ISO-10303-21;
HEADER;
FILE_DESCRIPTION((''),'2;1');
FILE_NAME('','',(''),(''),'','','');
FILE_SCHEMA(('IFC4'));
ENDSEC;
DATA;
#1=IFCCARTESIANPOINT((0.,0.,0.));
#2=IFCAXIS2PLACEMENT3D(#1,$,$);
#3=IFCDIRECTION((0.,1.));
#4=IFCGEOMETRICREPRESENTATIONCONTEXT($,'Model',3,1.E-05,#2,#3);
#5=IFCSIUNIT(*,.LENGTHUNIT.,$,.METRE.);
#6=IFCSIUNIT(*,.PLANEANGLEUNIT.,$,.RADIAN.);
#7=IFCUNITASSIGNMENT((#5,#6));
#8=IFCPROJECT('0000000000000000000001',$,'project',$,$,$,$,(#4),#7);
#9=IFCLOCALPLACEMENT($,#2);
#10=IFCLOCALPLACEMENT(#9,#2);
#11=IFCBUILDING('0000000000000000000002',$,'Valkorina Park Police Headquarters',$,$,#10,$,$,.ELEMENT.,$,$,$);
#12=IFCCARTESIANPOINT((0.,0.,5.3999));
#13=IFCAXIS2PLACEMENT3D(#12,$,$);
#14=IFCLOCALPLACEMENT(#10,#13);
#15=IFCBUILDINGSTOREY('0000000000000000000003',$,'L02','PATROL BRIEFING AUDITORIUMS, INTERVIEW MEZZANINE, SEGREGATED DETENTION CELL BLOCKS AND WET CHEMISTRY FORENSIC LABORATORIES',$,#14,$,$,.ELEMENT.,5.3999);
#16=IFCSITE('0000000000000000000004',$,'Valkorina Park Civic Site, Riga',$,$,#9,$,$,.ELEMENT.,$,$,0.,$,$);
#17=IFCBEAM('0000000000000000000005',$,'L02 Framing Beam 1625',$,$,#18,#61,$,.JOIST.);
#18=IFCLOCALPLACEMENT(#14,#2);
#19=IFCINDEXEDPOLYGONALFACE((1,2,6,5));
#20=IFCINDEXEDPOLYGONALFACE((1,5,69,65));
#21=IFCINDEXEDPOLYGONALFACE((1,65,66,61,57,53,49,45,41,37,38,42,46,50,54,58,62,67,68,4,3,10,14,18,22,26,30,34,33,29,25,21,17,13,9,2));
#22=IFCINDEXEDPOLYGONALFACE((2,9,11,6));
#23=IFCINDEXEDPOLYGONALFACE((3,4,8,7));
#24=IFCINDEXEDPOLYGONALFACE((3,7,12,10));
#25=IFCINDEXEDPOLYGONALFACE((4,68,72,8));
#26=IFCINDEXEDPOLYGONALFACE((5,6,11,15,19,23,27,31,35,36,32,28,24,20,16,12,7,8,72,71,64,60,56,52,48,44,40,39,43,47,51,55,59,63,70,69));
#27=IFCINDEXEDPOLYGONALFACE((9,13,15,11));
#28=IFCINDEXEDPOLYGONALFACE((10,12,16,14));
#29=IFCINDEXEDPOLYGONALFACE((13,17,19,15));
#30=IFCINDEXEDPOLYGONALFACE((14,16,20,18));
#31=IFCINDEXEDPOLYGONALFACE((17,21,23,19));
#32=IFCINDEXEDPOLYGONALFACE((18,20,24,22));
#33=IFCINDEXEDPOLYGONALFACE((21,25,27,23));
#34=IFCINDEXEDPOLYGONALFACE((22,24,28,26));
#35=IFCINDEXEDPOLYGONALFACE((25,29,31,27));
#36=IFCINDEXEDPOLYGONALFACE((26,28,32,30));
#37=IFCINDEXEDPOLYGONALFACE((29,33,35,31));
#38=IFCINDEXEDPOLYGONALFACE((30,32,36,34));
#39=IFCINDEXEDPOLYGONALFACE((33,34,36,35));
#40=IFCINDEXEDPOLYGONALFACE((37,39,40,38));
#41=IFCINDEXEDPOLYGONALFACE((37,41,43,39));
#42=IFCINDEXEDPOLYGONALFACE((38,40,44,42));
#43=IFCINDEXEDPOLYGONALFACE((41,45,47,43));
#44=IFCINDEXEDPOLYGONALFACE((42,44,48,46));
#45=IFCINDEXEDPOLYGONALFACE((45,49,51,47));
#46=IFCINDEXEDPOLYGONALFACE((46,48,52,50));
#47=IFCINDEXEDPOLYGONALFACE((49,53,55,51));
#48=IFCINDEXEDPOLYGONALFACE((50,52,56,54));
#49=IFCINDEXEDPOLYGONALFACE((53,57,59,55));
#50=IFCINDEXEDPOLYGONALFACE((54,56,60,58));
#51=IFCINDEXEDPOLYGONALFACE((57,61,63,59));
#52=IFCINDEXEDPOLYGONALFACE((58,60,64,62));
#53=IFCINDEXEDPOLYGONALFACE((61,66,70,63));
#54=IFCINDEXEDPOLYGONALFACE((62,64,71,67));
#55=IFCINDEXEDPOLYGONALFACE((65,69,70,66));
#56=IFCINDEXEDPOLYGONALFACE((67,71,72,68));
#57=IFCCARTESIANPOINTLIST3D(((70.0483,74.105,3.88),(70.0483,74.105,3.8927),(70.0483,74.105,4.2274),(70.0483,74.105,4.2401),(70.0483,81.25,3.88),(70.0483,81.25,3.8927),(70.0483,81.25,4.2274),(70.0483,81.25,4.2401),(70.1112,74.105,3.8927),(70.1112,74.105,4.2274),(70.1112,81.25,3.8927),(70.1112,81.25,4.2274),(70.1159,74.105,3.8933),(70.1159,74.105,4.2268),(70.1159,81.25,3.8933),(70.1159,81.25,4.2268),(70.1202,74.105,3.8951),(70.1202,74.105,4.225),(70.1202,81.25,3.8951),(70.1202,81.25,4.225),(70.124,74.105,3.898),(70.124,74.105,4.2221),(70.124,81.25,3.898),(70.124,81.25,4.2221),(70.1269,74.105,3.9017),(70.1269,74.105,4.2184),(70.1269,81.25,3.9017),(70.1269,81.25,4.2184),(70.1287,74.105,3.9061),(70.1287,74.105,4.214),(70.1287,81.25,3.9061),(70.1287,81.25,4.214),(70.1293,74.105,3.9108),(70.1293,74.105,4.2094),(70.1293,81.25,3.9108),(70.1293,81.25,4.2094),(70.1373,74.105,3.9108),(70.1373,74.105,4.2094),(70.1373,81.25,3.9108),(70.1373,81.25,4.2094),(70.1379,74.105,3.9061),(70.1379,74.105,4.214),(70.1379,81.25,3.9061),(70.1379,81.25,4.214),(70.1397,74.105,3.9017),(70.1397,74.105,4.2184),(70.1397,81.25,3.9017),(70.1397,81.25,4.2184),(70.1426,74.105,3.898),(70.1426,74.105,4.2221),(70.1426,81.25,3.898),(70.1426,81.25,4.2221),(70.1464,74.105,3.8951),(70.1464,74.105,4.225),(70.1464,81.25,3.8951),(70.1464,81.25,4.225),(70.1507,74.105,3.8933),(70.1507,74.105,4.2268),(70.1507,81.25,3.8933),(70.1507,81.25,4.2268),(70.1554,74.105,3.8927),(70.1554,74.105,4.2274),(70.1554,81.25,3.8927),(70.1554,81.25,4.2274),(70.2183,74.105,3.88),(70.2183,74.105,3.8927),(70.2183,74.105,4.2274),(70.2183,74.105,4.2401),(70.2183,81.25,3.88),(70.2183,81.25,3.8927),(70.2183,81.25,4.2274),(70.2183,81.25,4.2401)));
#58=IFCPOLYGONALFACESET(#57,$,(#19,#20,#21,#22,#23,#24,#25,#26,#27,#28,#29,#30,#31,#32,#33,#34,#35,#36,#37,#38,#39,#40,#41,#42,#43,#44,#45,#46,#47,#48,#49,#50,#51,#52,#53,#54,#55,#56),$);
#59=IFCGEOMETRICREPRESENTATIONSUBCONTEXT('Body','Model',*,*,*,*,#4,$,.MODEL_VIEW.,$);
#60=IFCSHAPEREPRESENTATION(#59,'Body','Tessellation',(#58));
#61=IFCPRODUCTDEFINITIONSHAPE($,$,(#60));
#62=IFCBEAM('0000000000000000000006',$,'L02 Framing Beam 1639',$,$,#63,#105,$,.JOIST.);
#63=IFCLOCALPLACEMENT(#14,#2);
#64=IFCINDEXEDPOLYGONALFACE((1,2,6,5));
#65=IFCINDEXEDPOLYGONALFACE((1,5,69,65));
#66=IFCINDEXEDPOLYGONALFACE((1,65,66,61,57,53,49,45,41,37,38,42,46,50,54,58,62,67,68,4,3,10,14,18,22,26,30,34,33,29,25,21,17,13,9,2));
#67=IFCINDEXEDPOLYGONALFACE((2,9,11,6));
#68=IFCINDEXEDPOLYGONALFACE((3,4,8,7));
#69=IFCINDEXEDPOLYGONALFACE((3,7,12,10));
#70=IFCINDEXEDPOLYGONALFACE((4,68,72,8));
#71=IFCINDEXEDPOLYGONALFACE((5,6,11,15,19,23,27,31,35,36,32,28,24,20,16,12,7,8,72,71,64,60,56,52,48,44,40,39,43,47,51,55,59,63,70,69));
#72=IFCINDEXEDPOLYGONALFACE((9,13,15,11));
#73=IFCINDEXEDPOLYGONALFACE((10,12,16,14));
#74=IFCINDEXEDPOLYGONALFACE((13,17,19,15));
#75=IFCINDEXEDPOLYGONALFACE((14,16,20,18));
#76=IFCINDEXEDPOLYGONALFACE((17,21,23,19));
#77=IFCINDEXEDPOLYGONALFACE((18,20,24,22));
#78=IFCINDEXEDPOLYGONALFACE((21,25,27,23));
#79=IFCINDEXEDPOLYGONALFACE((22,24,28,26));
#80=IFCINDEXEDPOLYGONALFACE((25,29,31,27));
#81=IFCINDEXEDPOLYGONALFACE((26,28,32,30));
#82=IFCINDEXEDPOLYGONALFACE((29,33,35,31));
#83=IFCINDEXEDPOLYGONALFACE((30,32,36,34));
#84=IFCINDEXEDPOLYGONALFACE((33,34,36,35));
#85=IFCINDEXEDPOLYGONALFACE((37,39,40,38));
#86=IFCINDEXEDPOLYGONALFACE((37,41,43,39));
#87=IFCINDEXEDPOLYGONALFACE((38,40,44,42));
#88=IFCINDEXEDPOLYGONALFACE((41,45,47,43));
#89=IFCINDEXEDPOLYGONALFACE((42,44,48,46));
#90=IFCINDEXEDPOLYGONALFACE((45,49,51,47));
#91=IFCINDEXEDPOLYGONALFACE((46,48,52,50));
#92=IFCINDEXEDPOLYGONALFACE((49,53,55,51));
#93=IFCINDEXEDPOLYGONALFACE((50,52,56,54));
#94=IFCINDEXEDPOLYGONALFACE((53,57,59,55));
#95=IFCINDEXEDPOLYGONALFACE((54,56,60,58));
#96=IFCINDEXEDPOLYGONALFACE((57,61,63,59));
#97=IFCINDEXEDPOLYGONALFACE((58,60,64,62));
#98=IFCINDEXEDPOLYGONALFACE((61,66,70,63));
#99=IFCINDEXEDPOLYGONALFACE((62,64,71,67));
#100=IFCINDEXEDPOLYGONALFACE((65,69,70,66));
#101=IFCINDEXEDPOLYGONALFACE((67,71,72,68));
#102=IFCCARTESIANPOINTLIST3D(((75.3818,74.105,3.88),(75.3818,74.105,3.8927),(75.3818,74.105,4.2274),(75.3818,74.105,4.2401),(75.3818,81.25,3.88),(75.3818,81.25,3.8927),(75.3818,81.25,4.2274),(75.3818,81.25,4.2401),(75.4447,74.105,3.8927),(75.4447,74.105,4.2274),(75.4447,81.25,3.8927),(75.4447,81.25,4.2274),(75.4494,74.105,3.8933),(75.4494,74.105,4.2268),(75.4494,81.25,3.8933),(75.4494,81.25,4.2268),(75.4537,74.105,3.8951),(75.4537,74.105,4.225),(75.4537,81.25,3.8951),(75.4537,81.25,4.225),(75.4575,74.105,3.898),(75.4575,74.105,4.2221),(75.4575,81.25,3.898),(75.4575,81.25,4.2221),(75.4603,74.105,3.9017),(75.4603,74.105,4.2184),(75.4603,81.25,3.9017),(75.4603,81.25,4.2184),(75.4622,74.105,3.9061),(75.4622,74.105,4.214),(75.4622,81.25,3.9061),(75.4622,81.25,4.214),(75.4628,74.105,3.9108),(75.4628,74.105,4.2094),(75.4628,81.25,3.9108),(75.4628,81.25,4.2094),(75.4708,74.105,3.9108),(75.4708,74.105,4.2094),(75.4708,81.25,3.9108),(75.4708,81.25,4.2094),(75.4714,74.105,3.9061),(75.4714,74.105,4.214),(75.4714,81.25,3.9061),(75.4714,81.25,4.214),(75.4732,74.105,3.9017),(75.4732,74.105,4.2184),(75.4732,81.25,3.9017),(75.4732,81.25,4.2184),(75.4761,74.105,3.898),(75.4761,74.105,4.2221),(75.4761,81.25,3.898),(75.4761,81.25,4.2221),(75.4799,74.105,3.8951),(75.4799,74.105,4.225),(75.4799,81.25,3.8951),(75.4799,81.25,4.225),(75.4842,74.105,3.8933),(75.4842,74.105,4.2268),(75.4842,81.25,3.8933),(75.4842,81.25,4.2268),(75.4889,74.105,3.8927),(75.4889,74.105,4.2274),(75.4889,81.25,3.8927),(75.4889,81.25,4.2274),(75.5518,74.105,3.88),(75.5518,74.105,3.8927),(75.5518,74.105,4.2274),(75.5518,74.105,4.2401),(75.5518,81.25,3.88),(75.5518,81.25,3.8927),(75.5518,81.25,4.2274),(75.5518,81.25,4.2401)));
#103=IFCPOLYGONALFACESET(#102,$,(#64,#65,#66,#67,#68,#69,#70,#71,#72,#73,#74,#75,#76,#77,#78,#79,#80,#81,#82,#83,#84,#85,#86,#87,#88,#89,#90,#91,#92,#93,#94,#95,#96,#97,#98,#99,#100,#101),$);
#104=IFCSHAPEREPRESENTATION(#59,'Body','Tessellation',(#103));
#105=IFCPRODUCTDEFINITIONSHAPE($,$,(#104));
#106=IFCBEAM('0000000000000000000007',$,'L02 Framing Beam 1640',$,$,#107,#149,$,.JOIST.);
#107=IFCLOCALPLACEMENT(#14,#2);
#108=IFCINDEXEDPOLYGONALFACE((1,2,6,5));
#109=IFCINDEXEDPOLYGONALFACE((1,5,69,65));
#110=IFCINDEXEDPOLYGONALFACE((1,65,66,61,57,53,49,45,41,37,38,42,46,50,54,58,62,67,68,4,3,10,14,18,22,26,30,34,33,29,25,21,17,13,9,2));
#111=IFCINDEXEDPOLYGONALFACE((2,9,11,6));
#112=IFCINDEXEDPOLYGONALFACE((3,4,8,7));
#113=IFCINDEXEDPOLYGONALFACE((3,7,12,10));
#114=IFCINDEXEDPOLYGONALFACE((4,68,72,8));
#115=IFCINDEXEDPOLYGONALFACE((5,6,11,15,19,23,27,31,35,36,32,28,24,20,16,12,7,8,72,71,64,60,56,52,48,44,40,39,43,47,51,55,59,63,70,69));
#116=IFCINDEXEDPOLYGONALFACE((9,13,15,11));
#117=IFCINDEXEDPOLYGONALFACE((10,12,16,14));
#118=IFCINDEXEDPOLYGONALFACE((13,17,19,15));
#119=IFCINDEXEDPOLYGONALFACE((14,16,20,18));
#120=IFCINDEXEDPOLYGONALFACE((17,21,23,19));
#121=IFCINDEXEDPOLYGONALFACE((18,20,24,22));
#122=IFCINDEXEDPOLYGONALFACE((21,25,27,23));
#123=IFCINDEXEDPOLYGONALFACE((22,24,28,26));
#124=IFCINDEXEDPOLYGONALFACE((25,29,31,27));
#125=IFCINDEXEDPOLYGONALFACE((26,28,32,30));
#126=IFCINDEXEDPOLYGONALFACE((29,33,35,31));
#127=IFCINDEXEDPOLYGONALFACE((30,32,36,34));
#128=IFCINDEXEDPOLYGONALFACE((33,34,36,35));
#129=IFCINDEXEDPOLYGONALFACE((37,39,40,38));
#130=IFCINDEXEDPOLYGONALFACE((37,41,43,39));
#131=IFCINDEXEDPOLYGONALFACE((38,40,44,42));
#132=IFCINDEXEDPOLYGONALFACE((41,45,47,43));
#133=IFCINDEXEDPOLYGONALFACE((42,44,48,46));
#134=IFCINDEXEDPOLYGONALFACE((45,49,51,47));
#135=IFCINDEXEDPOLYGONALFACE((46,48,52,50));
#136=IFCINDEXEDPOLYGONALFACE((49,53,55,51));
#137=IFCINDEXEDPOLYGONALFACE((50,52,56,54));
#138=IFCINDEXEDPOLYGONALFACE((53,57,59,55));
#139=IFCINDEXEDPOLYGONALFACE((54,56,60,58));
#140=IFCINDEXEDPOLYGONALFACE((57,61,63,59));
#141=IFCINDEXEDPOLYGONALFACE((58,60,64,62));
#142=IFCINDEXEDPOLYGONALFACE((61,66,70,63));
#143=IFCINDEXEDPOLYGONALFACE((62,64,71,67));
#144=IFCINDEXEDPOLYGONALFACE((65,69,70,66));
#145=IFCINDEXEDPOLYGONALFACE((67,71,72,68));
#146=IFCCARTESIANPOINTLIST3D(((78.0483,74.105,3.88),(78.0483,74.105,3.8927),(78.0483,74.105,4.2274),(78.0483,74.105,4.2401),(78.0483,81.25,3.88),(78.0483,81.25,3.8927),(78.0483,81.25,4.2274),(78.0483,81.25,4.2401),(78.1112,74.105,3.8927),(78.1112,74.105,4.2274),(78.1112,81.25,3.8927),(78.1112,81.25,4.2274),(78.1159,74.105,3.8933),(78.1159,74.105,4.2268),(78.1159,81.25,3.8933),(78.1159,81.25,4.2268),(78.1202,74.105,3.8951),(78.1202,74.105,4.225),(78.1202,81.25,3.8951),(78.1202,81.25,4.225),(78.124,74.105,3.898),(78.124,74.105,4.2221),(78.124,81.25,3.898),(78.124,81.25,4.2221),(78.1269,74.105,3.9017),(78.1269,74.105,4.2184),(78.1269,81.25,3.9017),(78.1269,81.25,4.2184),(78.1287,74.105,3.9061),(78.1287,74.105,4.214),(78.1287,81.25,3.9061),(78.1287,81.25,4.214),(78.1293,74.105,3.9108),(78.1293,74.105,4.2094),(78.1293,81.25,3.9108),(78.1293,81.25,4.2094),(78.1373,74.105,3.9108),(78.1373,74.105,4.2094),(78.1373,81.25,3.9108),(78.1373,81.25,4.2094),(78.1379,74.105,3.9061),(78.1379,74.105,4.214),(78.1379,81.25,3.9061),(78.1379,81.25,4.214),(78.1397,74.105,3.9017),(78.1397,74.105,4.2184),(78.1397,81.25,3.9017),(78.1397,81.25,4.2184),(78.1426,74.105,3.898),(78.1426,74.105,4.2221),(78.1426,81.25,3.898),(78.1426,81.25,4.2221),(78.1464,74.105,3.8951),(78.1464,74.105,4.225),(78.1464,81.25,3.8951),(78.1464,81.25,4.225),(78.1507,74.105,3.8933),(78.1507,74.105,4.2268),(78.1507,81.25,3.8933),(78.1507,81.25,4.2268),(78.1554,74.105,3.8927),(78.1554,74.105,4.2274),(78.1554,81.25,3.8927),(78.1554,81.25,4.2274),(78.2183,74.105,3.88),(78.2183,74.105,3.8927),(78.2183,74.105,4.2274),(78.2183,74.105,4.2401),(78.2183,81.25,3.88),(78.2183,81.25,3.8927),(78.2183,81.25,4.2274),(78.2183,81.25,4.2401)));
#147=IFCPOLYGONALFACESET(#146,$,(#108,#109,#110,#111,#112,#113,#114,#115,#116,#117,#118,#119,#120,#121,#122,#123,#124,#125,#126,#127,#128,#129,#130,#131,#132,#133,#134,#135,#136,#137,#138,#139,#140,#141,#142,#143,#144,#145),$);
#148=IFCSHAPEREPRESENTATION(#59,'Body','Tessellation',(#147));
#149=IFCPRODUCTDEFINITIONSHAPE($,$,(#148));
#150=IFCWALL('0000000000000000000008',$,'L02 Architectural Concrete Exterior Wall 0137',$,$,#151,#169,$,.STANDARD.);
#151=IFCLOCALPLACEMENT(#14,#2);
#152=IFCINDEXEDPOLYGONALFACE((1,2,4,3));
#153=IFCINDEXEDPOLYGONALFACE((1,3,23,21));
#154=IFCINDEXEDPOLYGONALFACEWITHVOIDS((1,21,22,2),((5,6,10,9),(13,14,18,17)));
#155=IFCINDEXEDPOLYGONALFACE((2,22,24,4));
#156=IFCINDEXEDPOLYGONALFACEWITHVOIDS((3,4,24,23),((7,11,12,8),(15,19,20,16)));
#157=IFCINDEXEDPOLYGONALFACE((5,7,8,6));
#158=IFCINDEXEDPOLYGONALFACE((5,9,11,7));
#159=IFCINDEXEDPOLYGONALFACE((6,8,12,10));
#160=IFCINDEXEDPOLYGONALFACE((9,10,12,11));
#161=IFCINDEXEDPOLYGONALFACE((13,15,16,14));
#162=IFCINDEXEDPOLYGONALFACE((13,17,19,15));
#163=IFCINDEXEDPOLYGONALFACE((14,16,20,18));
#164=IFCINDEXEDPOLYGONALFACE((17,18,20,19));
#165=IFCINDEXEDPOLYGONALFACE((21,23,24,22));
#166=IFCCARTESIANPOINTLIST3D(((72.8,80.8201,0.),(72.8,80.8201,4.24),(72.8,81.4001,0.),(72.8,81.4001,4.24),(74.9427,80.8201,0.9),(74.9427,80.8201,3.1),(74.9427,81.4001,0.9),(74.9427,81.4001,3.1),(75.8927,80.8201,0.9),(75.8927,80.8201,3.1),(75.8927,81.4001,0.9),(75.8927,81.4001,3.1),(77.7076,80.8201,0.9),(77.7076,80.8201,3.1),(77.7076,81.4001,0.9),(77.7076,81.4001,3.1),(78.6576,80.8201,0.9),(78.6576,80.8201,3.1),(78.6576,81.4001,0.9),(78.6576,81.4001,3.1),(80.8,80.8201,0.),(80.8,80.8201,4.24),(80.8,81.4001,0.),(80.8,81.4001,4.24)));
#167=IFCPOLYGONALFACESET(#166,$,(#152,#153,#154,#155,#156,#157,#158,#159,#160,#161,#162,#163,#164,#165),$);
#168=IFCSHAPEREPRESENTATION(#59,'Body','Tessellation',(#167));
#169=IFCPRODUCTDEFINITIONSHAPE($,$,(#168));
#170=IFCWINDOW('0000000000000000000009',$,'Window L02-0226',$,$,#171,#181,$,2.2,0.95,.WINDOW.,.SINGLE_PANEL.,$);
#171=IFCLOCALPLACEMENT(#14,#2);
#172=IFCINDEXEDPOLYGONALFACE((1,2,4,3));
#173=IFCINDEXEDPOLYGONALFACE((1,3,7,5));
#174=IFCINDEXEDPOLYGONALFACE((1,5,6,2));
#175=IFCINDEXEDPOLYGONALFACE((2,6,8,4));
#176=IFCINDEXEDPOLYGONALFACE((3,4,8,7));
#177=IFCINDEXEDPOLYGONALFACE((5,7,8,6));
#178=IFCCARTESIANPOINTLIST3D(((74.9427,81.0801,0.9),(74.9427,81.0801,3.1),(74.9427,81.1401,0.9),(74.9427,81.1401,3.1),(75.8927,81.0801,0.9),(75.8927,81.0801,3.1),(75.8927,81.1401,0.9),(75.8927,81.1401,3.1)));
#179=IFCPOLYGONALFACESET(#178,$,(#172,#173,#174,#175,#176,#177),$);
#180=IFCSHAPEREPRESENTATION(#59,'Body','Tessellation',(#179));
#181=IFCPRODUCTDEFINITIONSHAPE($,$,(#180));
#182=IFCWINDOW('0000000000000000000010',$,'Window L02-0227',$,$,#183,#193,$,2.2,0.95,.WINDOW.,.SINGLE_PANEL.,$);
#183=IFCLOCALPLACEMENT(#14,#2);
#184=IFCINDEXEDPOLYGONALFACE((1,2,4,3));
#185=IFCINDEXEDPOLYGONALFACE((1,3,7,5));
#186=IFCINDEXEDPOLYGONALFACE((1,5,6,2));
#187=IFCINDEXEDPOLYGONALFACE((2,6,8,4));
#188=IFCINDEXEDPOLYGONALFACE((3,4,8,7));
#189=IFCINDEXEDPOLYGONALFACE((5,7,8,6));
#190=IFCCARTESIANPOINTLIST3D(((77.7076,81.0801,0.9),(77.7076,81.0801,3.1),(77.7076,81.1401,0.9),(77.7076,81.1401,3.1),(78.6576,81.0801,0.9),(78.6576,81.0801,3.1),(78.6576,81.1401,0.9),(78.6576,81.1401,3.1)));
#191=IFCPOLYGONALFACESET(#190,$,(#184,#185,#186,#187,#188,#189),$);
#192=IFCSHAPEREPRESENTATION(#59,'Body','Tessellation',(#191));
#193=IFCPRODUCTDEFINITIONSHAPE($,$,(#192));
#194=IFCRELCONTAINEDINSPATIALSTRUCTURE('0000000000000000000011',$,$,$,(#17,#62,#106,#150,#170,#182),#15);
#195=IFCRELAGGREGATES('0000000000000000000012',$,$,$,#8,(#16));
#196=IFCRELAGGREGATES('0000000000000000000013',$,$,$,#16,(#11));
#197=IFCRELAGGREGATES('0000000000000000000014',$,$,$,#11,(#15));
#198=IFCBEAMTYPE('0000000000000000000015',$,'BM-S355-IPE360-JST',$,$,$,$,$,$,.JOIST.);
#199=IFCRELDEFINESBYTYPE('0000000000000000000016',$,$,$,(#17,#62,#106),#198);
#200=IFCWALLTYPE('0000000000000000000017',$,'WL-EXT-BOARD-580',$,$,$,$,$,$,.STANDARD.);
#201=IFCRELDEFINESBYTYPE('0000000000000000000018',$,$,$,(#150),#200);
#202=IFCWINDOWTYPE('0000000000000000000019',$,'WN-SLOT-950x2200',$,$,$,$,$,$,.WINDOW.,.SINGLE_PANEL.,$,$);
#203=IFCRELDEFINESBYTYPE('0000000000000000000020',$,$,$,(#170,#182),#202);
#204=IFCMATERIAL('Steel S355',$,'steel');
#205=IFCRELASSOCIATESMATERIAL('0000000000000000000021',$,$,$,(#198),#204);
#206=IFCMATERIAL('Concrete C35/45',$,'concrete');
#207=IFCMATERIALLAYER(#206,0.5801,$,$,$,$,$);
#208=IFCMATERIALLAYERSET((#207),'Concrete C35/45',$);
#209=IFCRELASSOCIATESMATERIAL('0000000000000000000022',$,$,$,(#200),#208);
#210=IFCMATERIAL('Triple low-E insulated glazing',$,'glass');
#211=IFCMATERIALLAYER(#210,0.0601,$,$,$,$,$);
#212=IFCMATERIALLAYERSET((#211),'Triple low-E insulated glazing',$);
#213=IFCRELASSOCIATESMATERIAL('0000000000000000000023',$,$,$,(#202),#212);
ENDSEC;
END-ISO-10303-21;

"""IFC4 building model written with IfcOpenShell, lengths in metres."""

from ifc_helpers import new_model, si_unit, direction, frame, frame_2d, origin, origin_2d, place, context, subcontext, project, spatial, rectangle, i_section, extrude, material, layer, layer_set, material_profile, profile_set, type_object, element, fill, save


model = new_model("IFC4")

# Units and contexts
model_context = context("Model", 3, precision=1e-05, world=origin(), true_north=direction((0.0, 1.0)))
body_context = subcontext(model_context, "Body", "Model", "MODEL_VIEW")
ifc_project = project(units=[si_unit("LENGTHUNIT", "METRE"), si_unit("PLANEANGLEUNIT", "RADIAN")], contexts=[model_context])

# Site, building, storey
site_placement = place(None, origin())
site = spatial("IfcSite", under=ifc_project, at=site_placement, Name="Valkorina Park Civic Site, Riga", CompositionType="ELEMENT", RefElevation=0.0)
building_placement = place(site_placement, origin())
building = spatial("IfcBuilding", under=site, at=building_placement, Name="Valkorina Park Police Headquarters", CompositionType="ELEMENT")
storey_placement = place(building_placement, frame((0.0, 0.0, 5.3999)))
storey = spatial("IfcBuildingStorey", under=building, at=storey_placement, Name="L02", Description="PATROL BRIEFING AUDITORIUMS, INTERVIEW MEZZANINE, SEGREGATED DETENTION CELL BLOCKS AND WET CHEMISTRY FORENSIC LABORATORIES", CompositionType="ELEMENT", Elevation=5.3999)

# Shared definitions
ifc_material_1 = material(Name="Steel S355", Category="steel")

# Beams
ifc_material_profile_1 = material_profile(ifc_material_1, i_section(OverallWidth=0.1699, OverallDepth=0.3601, WebThickness=0.0081, FlangeThickness=0.0127, FilletRadius=0.0181, at=origin_2d()), Name="IPE 360")
ifc_profile_set_1 = profile_set([ifc_material_profile_1], Name="Steel S355")
beam_type_1 = type_object("IfcBeamType", Name="BM-S355-IPE360-JST", PredefinedType="JOIST", material=ifc_profile_set_1)
for number, where, z_axis, x_axis, name in (
    (1, (70.1333, 74.105, 4.0601), (0.0, 1.0, 0.0), (-1.0, 0.0, 0.0), "L02 Framing Beam 1625"),
    (2, (75.4668, 74.105, 4.0601), (0.0, 1.0, 0.0), (-1.0, 0.0, 0.0), "L02 Framing Beam 1639"),
    (3, (78.1333, 74.105, 4.0601), (0.0, 1.0, 0.0), (-1.0, 0.0, 0.0), "L02 Framing Beam 1640"),
):
    element("IfcBeam", number, at=place(storey_placement, frame(where, z_axis=z_axis, x_axis=x_axis)), inside=storey, type_object=beam_type_1, Name=name, PredefinedType="JOIST", context=body_context, shape_type="SweptSolid", body=[
        extrude(i_section(OverallWidth=0.1699, OverallDepth=0.3601, WebThickness=0.0081, FlangeThickness=0.0127, FilletRadius=0.0181, at=origin_2d()), origin(), (0.0, 0.0, 1.0), 7.145),
    ])

# Wall, openings, windows
ifc_material_2 = material(Name="Concrete C35/45", Category="concrete")
ifc_layer_1 = layer(ifc_material_2, 0.5801)
ifc_layer_set_1 = layer_set([ifc_layer_1], Name="Concrete C35/45")
wall_type = type_object("IfcWallType", Name="WL-EXT-BOARD-580", PredefinedType="STANDARD", material=ifc_layer_set_1)
wall_placement = place(storey_placement, frame((72.8, 81.1101, 0.0), z_axis=(0.0, 0.0, 1.0), x_axis=(1.0, 0.0, 0.0)))
wall = element("IfcWall", 4, at=wall_placement, inside=storey, type_object=wall_type, Name="L02 Architectural Concrete Exterior Wall 0137", PredefinedType="STANDARD", context=body_context, shape_type="SweptSolid", body=[
    extrude(rectangle(XDim=8.0, YDim=0.5801, at=frame_2d((4.0, 0.0))), origin(), (0.0, 0.0, 1.0), 4.24),
])
opening_1_placement = place(wall_placement, frame((2.1426, 0.0, 0.8999)))
opening_1 = element("IfcOpeningElement", 5, at=opening_1_placement, cuts=wall, PredefinedType="OPENING", context=body_context, shape_type="SweptSolid", body=[
    extrude(rectangle(XDim=0.95, YDim=2.2, at=frame_2d((0.4751, 1.1001))), frame((0.0, 0.3, 0.0), z_axis=(0.0, -1.0, 0.0), x_axis=(1.0, 0.0, 0.0)), (0.0, 0.0, 1.0), 0.6001),
])
opening_2_placement = place(wall_placement, frame((4.9075, 0.0, 0.8999)))
opening_2 = element("IfcOpeningElement", 6, at=opening_2_placement, cuts=wall, PredefinedType="OPENING", context=body_context, shape_type="SweptSolid", body=[
    extrude(rectangle(XDim=0.95, YDim=2.2, at=frame_2d((0.4751, 1.1001))), frame((0.0, 0.3, 0.0), z_axis=(0.0, -1.0, 0.0), x_axis=(1.0, 0.0, 0.0)), (0.0, 0.0, 1.0), 0.6001),
])
ifc_material_3 = material(Name="Triple low-E insulated glazing", Category="glass")
ifc_layer_2 = layer(ifc_material_3, 0.0601)
ifc_layer_set_2 = layer_set([ifc_layer_2], Name="Triple low-E insulated glazing")
window_type = type_object("IfcWindowType", Name="WN-SLOT-950x2200", PartitioningType="SINGLE_PANEL", PredefinedType="WINDOW", material=ifc_layer_set_2)
window_1_placement = place(opening_1_placement, origin())
window_1 = element("IfcWindow", 7, at=window_1_placement, inside=storey, type_object=window_type, Name="Window L02-0226", OverallHeight=2.2, OverallWidth=0.95, PartitioningType="SINGLE_PANEL", PredefinedType="WINDOW", context=body_context, shape_type="SweptSolid", body=[
    extrude(rectangle(XDim=0.95, YDim=2.2, at=frame_2d((0.4751, 1.1001))), frame((0.0, 0.03, 0.0), z_axis=(0.0, -1.0, 0.0), x_axis=(1.0, 0.0, 0.0)), (0.0, 0.0, 1.0), 0.0601),
])
fill(opening_1, window_1)
window_2_placement = place(opening_2_placement, origin())
window_2 = element("IfcWindow", 8, at=window_2_placement, inside=storey, type_object=window_type, Name="Window L02-0227", OverallHeight=2.2, OverallWidth=0.95, PartitioningType="SINGLE_PANEL", PredefinedType="WINDOW", context=body_context, shape_type="SweptSolid", body=[
    extrude(rectangle(XDim=0.95, YDim=2.2, at=frame_2d((0.4751, 1.1001))), frame((0.0, 0.03, 0.0), z_axis=(0.0, -1.0, 0.0), x_axis=(1.0, 0.0, 0.0)), (0.0, 0.0, 1.0), 0.0601),
])
fill(opening_2, window_2)

save(model, "model.ifc")
